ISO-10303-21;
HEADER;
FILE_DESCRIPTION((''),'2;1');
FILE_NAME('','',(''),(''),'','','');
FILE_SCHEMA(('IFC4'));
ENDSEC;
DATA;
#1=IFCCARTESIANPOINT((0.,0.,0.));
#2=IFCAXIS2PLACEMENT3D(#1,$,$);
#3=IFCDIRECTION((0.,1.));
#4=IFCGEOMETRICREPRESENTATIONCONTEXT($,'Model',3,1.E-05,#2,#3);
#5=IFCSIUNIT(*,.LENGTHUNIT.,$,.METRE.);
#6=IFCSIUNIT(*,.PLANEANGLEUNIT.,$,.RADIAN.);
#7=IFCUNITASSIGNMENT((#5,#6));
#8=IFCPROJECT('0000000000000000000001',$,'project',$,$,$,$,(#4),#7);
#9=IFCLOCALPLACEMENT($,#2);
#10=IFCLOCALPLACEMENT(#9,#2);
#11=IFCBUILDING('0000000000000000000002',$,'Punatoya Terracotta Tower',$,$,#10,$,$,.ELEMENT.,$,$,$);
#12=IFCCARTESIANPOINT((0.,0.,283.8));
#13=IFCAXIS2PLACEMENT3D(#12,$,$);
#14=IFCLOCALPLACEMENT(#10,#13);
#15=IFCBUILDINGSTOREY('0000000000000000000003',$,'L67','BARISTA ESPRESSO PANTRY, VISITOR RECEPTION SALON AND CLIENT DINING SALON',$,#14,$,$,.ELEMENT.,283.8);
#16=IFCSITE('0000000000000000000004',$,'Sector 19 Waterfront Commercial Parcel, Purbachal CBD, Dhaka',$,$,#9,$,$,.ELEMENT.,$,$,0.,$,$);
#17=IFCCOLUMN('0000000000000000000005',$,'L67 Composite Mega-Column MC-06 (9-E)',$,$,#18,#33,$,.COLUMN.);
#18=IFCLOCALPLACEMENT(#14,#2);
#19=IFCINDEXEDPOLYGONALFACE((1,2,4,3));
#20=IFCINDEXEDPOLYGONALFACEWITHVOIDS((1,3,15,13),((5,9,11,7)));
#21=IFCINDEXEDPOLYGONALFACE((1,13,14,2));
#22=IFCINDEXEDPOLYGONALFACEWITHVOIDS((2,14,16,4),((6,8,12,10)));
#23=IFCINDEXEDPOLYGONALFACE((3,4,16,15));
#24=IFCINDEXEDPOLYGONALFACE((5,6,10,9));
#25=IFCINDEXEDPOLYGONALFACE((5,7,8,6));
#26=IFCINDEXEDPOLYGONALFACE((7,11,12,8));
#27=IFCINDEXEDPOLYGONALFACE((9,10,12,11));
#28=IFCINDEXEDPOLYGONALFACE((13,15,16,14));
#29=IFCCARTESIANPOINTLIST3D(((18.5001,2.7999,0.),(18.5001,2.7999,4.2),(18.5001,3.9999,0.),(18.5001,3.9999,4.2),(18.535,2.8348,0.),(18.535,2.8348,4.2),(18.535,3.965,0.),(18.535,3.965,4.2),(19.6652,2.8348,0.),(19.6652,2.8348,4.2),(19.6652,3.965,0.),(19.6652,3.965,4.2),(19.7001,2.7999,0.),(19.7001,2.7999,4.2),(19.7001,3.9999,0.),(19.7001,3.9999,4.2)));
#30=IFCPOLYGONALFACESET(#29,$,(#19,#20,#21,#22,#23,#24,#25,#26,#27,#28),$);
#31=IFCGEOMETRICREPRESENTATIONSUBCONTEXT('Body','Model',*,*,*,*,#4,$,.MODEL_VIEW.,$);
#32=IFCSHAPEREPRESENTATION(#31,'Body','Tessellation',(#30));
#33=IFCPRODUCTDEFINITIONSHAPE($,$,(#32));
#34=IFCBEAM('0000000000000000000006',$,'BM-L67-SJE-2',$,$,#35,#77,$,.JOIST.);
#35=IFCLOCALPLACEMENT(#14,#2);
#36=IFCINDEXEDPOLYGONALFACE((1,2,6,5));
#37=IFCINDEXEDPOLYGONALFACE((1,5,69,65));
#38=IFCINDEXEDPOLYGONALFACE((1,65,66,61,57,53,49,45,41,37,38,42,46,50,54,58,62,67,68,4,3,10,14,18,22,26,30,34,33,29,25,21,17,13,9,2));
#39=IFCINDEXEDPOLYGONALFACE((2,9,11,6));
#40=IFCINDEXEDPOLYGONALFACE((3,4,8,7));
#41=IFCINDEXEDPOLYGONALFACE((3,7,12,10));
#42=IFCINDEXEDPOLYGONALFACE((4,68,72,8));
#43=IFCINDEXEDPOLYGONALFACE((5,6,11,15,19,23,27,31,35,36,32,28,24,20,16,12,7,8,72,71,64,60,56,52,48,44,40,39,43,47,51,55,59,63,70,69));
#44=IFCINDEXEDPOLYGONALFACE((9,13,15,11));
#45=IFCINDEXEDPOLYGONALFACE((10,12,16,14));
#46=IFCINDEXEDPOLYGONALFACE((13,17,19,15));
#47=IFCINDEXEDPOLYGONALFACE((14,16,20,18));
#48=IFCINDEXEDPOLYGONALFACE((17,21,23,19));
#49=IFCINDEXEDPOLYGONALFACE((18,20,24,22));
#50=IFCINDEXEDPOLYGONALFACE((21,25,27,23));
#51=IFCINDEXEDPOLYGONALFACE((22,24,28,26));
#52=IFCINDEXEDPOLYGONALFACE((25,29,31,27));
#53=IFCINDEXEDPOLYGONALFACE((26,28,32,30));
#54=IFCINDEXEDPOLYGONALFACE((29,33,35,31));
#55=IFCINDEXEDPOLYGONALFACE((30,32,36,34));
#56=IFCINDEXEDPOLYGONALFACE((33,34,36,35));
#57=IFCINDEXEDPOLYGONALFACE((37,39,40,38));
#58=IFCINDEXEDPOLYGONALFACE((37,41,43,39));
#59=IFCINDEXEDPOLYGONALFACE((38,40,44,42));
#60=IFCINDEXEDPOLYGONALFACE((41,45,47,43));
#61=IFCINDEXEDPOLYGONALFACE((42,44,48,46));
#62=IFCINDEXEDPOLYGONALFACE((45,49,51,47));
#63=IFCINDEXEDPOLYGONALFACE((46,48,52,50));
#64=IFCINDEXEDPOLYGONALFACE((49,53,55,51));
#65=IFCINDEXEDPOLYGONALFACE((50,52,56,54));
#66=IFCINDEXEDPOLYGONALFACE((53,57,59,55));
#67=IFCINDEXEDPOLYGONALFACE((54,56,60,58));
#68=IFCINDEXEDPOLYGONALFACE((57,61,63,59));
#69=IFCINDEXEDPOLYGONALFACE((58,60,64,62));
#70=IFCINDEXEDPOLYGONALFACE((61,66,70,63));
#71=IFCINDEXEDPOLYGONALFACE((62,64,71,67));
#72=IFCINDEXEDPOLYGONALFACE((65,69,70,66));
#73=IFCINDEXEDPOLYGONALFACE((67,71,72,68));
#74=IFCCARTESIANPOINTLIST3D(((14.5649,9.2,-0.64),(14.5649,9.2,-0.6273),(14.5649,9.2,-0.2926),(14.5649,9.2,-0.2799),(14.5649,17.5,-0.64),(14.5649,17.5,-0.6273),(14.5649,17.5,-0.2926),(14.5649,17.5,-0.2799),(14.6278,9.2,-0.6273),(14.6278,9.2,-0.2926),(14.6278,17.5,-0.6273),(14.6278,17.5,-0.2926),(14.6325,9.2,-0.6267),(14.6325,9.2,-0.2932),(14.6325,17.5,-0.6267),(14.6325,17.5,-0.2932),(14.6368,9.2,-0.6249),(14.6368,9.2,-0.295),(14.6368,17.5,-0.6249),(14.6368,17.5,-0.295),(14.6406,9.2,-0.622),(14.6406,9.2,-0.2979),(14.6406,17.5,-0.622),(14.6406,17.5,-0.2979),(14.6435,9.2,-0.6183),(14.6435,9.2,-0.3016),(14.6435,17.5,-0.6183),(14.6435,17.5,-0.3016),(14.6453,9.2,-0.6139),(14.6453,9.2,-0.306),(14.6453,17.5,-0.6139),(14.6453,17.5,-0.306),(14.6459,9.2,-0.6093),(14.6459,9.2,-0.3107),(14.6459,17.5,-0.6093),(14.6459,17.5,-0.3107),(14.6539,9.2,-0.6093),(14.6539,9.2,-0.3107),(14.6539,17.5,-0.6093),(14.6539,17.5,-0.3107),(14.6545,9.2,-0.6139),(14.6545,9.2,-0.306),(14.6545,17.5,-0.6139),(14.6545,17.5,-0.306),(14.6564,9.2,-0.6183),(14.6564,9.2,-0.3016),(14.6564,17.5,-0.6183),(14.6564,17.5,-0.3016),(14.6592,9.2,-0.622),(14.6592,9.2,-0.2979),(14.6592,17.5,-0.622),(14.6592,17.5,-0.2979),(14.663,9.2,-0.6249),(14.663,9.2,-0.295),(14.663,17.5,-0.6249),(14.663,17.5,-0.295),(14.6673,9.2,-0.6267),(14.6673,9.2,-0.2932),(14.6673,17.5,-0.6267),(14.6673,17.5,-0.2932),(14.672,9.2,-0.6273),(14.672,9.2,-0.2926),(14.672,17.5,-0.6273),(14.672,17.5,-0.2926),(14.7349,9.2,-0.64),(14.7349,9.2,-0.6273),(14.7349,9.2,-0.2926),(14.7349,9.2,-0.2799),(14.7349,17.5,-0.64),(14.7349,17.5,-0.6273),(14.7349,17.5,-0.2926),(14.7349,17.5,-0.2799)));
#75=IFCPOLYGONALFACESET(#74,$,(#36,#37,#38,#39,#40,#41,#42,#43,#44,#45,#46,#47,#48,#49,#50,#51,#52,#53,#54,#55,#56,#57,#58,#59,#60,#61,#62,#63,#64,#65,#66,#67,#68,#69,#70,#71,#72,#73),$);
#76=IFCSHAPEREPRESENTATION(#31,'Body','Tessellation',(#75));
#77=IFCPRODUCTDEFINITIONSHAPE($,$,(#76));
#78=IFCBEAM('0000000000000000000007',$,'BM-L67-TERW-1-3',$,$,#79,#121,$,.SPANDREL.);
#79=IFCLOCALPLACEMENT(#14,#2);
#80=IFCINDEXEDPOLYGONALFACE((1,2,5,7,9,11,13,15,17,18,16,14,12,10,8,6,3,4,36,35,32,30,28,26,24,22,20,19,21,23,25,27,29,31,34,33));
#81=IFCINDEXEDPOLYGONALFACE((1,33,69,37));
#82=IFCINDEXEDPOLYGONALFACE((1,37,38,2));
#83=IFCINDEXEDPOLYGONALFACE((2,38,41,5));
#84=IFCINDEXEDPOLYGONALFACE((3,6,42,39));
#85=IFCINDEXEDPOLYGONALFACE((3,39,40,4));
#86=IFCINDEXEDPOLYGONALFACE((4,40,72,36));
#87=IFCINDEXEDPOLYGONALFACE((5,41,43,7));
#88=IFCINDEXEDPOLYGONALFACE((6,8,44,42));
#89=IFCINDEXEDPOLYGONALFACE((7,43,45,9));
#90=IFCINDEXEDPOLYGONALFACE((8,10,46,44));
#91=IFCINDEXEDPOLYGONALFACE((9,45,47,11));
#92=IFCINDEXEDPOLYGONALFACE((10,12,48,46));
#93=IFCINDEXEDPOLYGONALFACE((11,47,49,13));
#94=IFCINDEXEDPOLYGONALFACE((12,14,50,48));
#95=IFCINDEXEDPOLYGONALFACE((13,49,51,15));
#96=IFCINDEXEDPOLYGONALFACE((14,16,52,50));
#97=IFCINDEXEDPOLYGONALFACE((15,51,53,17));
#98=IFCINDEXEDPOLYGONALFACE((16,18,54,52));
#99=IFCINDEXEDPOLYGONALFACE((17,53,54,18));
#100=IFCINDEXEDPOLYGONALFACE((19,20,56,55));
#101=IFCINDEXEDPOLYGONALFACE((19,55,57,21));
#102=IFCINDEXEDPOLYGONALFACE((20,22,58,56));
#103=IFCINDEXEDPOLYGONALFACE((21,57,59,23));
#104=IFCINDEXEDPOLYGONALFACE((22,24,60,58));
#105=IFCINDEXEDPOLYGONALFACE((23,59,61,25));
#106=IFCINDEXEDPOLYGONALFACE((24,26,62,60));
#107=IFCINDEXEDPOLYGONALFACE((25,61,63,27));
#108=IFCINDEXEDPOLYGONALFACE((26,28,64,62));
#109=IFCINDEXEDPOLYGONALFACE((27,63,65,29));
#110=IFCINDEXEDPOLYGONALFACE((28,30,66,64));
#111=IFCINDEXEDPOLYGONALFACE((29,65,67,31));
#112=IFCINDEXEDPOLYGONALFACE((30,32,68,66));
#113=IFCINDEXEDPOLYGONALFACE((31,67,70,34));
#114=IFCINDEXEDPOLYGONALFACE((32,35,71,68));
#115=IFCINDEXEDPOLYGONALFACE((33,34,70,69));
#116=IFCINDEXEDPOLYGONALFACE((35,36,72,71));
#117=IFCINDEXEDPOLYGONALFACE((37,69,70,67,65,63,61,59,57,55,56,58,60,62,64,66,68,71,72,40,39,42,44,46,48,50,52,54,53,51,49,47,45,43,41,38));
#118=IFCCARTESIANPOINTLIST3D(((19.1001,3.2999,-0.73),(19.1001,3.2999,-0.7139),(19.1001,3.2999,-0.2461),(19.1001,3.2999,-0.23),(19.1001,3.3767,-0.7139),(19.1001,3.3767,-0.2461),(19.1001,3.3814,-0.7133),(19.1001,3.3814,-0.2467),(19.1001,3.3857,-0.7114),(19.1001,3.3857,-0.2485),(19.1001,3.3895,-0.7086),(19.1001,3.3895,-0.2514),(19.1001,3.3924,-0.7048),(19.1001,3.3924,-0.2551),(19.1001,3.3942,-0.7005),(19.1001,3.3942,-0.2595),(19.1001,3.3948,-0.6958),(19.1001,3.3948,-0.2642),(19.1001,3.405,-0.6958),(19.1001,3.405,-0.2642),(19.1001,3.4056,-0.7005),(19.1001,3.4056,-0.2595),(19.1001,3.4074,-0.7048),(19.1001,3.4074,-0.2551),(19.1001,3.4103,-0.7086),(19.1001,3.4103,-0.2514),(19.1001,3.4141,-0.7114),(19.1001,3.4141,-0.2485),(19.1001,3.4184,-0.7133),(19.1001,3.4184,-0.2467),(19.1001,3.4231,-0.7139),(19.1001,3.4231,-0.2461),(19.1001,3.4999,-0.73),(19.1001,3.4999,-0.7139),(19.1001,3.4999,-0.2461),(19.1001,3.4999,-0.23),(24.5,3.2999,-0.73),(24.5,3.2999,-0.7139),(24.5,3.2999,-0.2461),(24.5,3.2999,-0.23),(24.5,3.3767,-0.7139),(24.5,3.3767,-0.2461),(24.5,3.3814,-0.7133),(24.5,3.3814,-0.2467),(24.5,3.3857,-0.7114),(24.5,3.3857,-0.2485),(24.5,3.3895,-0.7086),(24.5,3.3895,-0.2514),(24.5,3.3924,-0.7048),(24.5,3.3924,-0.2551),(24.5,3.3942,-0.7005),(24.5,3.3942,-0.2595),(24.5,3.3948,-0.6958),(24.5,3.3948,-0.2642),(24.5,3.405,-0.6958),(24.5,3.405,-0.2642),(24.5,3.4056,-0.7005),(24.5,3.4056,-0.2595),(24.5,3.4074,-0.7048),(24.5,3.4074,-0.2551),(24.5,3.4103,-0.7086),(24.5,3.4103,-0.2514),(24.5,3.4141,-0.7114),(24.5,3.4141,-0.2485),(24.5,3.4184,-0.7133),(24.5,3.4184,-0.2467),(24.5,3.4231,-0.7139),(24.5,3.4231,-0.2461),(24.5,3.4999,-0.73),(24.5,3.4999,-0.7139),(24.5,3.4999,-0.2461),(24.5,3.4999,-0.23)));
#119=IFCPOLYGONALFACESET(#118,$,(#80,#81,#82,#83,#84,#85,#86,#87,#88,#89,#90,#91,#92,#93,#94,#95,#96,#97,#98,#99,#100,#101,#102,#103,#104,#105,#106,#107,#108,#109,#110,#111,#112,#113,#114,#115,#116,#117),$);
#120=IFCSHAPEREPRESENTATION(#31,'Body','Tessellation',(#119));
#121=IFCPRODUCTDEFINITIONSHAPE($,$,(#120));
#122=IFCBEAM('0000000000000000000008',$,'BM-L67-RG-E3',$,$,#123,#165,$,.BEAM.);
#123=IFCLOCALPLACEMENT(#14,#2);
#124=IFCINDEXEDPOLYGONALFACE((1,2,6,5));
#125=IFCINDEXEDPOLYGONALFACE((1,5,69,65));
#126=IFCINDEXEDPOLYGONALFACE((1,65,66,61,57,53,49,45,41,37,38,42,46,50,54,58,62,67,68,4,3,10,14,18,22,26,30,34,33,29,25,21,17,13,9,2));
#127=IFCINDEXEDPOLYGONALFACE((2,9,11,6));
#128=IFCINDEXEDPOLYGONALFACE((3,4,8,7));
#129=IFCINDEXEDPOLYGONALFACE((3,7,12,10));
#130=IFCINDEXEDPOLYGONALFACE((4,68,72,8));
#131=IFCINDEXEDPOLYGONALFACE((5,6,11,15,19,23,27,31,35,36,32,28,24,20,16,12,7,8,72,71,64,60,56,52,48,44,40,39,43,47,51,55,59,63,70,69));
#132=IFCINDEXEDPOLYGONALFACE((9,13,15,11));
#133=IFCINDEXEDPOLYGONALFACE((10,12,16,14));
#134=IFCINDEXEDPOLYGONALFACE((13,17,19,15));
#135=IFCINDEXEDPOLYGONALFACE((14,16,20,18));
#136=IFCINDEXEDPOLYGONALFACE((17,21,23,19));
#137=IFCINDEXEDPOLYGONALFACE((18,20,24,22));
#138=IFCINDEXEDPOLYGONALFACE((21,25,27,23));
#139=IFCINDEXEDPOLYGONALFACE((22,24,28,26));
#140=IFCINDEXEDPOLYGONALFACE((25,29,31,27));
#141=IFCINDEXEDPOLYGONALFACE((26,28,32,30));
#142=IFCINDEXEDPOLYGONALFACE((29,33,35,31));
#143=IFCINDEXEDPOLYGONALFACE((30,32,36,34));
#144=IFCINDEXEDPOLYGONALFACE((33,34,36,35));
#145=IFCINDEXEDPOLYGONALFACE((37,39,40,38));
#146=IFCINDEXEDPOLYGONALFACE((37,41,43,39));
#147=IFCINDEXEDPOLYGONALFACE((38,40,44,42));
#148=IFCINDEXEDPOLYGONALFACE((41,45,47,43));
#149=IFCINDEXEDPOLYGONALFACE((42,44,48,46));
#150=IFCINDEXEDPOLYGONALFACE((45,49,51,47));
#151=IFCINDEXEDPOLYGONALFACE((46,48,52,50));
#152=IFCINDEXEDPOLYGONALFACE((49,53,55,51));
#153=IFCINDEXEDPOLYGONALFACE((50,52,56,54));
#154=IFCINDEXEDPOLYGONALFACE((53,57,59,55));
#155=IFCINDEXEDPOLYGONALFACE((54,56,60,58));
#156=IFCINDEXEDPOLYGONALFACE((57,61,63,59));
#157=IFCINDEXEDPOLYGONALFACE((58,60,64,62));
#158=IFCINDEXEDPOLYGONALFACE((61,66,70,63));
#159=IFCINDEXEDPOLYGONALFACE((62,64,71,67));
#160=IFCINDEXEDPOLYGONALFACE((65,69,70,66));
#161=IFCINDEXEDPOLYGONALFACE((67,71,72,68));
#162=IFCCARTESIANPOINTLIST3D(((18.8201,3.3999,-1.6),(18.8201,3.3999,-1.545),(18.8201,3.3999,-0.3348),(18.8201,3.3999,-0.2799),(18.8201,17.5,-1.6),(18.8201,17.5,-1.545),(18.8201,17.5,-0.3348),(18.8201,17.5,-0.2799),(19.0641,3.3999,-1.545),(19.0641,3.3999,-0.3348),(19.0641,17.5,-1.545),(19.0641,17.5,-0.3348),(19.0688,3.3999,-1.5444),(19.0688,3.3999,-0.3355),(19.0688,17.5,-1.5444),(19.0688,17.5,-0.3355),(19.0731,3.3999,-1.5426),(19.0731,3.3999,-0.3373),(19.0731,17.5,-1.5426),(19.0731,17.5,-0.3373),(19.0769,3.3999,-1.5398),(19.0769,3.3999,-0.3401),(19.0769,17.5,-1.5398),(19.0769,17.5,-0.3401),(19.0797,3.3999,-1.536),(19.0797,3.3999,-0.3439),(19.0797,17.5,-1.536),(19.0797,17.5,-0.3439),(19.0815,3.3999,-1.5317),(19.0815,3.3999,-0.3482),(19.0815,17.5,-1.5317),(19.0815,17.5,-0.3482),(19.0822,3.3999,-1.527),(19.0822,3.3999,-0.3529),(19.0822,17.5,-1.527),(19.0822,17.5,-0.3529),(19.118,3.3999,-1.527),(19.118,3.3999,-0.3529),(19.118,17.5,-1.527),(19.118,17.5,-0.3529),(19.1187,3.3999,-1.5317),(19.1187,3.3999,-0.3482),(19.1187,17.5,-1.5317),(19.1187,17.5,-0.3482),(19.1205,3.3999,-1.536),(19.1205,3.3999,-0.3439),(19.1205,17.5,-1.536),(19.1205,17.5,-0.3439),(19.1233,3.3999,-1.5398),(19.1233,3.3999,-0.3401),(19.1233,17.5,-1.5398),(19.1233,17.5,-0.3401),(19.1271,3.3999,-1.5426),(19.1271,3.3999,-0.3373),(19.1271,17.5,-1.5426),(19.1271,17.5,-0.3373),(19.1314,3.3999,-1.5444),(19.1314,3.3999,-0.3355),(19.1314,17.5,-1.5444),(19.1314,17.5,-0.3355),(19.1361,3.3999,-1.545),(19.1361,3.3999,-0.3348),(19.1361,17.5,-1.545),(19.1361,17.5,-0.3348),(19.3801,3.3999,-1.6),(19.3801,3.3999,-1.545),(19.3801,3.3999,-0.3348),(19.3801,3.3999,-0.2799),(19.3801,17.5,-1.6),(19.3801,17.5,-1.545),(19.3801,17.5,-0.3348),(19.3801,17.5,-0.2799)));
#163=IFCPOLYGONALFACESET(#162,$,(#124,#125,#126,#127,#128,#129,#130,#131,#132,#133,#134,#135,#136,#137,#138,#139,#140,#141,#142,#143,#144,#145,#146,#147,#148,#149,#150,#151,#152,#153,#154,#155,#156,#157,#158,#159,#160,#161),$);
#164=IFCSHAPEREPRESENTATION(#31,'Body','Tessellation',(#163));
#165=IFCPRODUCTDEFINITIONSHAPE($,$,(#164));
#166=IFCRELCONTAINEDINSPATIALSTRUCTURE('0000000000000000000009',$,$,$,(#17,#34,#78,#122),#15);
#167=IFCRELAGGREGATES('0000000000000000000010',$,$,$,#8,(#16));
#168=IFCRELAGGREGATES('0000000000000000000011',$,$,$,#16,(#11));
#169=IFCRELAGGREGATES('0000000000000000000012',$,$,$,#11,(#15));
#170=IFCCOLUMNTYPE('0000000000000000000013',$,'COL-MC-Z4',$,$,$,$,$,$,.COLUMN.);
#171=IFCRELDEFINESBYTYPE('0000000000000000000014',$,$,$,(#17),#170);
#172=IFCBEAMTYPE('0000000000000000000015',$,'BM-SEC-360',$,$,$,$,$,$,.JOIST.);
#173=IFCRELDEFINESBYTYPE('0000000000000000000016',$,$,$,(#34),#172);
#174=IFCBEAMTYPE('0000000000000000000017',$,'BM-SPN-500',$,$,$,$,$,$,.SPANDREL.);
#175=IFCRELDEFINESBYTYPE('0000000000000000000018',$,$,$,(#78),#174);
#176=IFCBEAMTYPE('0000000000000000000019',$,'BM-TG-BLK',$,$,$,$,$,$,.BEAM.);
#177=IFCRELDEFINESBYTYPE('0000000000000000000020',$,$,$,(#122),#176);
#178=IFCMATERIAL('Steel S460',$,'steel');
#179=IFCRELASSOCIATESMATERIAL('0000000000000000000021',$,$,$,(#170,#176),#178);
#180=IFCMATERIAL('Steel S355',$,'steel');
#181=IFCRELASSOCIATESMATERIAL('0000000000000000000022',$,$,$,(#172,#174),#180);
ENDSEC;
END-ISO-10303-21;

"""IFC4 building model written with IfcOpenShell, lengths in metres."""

from ifc_helpers import new_model, si_unit, direction, frame, origin, origin_2d, place, context, subcontext, project, spatial, hollow_rectangle, i_section, extrude, material, material_profile, profile_set, type_object, element, save


model = new_model("IFC4")

# Units and contexts
model_context = context("Model", 3, precision=1e-05, world=origin(), true_north=direction((0.0, 1.0)))
body_context = subcontext(model_context, "Body", "Model", "MODEL_VIEW")
ifc_project = project(units=[si_unit("LENGTHUNIT", "METRE"), si_unit("PLANEANGLEUNIT", "RADIAN")], contexts=[model_context])

# Site, building, storey
site_placement = place(None, origin())
site = spatial("IfcSite", under=ifc_project, at=site_placement, Name="Sector 19 Waterfront Commercial Parcel, Purbachal CBD, Dhaka", CompositionType="ELEMENT", RefElevation=0.0)
building_placement = place(site_placement, origin())
building = spatial("IfcBuilding", under=site, at=building_placement, Name="Punatoya Terracotta Tower", CompositionType="ELEMENT")
storey_placement = place(building_placement, frame((0.0, 0.0, 283.8)))
storey = spatial("IfcBuildingStorey", under=building, at=storey_placement, Name="L67", Description="BARISTA ESPRESSO PANTRY, VISITOR RECEPTION SALON AND CLIENT DINING SALON", CompositionType="ELEMENT", Elevation=283.8)

# Column
ifc_material_1 = material(Name="Steel S460", Category="steel")
ifc_material_profile_1 = material_profile(ifc_material_1, hollow_rectangle(XDim=1.2, YDim=1.2, WallThickness=0.0349, at=origin_2d()))
ifc_profile_set_1 = profile_set([ifc_material_profile_1], Name="Steel S460")
column_type = type_object("IfcColumnType", Name="COL-MC-Z4", PredefinedType="COLUMN", material=ifc_profile_set_1)
column_placement = place(storey_placement, frame((19.1001, 3.3999, 0.0), z_axis=(0.0, 0.0, 1.0), x_axis=(1.0, 0.0, 0.0)))
element("IfcColumn", 1, at=column_placement, inside=storey, type_object=column_type, Name="L67 Composite Mega-Column MC-06 (9-E)", PredefinedType="COLUMN", context=body_context, shape_type="SweptSolid", body=[
    extrude(hollow_rectangle(XDim=1.2, YDim=1.2, WallThickness=0.0349, at=origin_2d()), origin(), (0.0, 0.0, 1.0), 4.2),
])

# Beams
ifc_material_2 = material(Name="Steel S355", Category="steel")
ifc_material_profile_2 = material_profile(ifc_material_2, i_section(OverallWidth=0.1699, OverallDepth=0.3601, WebThickness=0.0081, FlangeThickness=0.0127, FilletRadius=0.0181, at=origin_2d()))
ifc_profile_set_2 = profile_set([ifc_material_profile_2], Name="Steel S355")
beam_type_1 = type_object("IfcBeamType", Name="BM-SEC-360", PredefinedType="JOIST", material=ifc_profile_set_2)
beam_1_placement = place(storey_placement, frame((14.6499, 9.2, -0.46), z_axis=(0.0, 1.0, 0.0), x_axis=(-1.0, 0.0, 0.0)))
element("IfcBeam", 2, at=beam_1_placement, inside=storey, type_object=beam_type_1, Name="BM-L67-SJE-2", PredefinedType="JOIST", context=body_context, shape_type="SweptSolid", body=[
    extrude(i_section(OverallWidth=0.1699, OverallDepth=0.3601, WebThickness=0.0081, FlangeThickness=0.0127, FilletRadius=0.0181, at=origin_2d()), origin(), (0.0, 0.0, 1.0), 8.3),
])
ifc_material_profile_3 = material_profile(ifc_material_2, i_section(OverallWidth=0.2, OverallDepth=0.5, WebThickness=0.0103, FlangeThickness=0.0161, FilletRadius=0.0181, at=origin_2d()))
ifc_profile_set_3 = profile_set([ifc_material_profile_3], Name="Steel S355")
beam_type_2 = type_object("IfcBeamType", Name="BM-SPN-500", PredefinedType="SPANDREL", material=ifc_profile_set_3)
beam_2_placement = place(storey_placement, frame((19.1001, 3.3999, -0.48), z_axis=(1.0, 0.0, 0.0), x_axis=(0.0, 1.0, 0.0)))
element("IfcBeam", 3, at=beam_2_placement, inside=storey, type_object=beam_type_2, Name="BM-L67-TERW-1-3", PredefinedType="SPANDREL", context=body_context, shape_type="SweptSolid", body=[
    extrude(i_section(OverallWidth=0.2, OverallDepth=0.5, WebThickness=0.0103, FlangeThickness=0.0161, FilletRadius=0.0181, at=origin_2d()), origin(), (0.0, 0.0, 1.0), 5.3999),
])
ifc_material_profile_4 = material_profile(ifc_material_1, i_section(OverallWidth=0.5601, OverallDepth=1.3201, WebThickness=0.0359, FlangeThickness=0.0549, FilletRadius=0.0181, at=origin_2d()))
ifc_profile_set_4 = profile_set([ifc_material_profile_4], Name="Steel S460")
beam_type_3 = type_object("IfcBeamType", Name="BM-TG-BLK", PredefinedType="BEAM", material=ifc_profile_set_4)
beam_3_placement = place(storey_placement, frame((19.1001, 3.3999, -0.9399), z_axis=(0.0, 1.0, 0.0), x_axis=(-1.0, 0.0, 0.0)))
element("IfcBeam", 4, at=beam_3_placement, inside=storey, type_object=beam_type_3, Name="BM-L67-RG-E3", PredefinedType="BEAM", context=body_context, shape_type="SweptSolid", body=[
    extrude(i_section(OverallWidth=0.5601, OverallDepth=1.3201, WebThickness=0.0359, FlangeThickness=0.0549, FilletRadius=0.0181, at=origin_2d()), origin(), (0.0, 0.0, 1.0), 14.1001),
])

save(model, "model.ifc")
